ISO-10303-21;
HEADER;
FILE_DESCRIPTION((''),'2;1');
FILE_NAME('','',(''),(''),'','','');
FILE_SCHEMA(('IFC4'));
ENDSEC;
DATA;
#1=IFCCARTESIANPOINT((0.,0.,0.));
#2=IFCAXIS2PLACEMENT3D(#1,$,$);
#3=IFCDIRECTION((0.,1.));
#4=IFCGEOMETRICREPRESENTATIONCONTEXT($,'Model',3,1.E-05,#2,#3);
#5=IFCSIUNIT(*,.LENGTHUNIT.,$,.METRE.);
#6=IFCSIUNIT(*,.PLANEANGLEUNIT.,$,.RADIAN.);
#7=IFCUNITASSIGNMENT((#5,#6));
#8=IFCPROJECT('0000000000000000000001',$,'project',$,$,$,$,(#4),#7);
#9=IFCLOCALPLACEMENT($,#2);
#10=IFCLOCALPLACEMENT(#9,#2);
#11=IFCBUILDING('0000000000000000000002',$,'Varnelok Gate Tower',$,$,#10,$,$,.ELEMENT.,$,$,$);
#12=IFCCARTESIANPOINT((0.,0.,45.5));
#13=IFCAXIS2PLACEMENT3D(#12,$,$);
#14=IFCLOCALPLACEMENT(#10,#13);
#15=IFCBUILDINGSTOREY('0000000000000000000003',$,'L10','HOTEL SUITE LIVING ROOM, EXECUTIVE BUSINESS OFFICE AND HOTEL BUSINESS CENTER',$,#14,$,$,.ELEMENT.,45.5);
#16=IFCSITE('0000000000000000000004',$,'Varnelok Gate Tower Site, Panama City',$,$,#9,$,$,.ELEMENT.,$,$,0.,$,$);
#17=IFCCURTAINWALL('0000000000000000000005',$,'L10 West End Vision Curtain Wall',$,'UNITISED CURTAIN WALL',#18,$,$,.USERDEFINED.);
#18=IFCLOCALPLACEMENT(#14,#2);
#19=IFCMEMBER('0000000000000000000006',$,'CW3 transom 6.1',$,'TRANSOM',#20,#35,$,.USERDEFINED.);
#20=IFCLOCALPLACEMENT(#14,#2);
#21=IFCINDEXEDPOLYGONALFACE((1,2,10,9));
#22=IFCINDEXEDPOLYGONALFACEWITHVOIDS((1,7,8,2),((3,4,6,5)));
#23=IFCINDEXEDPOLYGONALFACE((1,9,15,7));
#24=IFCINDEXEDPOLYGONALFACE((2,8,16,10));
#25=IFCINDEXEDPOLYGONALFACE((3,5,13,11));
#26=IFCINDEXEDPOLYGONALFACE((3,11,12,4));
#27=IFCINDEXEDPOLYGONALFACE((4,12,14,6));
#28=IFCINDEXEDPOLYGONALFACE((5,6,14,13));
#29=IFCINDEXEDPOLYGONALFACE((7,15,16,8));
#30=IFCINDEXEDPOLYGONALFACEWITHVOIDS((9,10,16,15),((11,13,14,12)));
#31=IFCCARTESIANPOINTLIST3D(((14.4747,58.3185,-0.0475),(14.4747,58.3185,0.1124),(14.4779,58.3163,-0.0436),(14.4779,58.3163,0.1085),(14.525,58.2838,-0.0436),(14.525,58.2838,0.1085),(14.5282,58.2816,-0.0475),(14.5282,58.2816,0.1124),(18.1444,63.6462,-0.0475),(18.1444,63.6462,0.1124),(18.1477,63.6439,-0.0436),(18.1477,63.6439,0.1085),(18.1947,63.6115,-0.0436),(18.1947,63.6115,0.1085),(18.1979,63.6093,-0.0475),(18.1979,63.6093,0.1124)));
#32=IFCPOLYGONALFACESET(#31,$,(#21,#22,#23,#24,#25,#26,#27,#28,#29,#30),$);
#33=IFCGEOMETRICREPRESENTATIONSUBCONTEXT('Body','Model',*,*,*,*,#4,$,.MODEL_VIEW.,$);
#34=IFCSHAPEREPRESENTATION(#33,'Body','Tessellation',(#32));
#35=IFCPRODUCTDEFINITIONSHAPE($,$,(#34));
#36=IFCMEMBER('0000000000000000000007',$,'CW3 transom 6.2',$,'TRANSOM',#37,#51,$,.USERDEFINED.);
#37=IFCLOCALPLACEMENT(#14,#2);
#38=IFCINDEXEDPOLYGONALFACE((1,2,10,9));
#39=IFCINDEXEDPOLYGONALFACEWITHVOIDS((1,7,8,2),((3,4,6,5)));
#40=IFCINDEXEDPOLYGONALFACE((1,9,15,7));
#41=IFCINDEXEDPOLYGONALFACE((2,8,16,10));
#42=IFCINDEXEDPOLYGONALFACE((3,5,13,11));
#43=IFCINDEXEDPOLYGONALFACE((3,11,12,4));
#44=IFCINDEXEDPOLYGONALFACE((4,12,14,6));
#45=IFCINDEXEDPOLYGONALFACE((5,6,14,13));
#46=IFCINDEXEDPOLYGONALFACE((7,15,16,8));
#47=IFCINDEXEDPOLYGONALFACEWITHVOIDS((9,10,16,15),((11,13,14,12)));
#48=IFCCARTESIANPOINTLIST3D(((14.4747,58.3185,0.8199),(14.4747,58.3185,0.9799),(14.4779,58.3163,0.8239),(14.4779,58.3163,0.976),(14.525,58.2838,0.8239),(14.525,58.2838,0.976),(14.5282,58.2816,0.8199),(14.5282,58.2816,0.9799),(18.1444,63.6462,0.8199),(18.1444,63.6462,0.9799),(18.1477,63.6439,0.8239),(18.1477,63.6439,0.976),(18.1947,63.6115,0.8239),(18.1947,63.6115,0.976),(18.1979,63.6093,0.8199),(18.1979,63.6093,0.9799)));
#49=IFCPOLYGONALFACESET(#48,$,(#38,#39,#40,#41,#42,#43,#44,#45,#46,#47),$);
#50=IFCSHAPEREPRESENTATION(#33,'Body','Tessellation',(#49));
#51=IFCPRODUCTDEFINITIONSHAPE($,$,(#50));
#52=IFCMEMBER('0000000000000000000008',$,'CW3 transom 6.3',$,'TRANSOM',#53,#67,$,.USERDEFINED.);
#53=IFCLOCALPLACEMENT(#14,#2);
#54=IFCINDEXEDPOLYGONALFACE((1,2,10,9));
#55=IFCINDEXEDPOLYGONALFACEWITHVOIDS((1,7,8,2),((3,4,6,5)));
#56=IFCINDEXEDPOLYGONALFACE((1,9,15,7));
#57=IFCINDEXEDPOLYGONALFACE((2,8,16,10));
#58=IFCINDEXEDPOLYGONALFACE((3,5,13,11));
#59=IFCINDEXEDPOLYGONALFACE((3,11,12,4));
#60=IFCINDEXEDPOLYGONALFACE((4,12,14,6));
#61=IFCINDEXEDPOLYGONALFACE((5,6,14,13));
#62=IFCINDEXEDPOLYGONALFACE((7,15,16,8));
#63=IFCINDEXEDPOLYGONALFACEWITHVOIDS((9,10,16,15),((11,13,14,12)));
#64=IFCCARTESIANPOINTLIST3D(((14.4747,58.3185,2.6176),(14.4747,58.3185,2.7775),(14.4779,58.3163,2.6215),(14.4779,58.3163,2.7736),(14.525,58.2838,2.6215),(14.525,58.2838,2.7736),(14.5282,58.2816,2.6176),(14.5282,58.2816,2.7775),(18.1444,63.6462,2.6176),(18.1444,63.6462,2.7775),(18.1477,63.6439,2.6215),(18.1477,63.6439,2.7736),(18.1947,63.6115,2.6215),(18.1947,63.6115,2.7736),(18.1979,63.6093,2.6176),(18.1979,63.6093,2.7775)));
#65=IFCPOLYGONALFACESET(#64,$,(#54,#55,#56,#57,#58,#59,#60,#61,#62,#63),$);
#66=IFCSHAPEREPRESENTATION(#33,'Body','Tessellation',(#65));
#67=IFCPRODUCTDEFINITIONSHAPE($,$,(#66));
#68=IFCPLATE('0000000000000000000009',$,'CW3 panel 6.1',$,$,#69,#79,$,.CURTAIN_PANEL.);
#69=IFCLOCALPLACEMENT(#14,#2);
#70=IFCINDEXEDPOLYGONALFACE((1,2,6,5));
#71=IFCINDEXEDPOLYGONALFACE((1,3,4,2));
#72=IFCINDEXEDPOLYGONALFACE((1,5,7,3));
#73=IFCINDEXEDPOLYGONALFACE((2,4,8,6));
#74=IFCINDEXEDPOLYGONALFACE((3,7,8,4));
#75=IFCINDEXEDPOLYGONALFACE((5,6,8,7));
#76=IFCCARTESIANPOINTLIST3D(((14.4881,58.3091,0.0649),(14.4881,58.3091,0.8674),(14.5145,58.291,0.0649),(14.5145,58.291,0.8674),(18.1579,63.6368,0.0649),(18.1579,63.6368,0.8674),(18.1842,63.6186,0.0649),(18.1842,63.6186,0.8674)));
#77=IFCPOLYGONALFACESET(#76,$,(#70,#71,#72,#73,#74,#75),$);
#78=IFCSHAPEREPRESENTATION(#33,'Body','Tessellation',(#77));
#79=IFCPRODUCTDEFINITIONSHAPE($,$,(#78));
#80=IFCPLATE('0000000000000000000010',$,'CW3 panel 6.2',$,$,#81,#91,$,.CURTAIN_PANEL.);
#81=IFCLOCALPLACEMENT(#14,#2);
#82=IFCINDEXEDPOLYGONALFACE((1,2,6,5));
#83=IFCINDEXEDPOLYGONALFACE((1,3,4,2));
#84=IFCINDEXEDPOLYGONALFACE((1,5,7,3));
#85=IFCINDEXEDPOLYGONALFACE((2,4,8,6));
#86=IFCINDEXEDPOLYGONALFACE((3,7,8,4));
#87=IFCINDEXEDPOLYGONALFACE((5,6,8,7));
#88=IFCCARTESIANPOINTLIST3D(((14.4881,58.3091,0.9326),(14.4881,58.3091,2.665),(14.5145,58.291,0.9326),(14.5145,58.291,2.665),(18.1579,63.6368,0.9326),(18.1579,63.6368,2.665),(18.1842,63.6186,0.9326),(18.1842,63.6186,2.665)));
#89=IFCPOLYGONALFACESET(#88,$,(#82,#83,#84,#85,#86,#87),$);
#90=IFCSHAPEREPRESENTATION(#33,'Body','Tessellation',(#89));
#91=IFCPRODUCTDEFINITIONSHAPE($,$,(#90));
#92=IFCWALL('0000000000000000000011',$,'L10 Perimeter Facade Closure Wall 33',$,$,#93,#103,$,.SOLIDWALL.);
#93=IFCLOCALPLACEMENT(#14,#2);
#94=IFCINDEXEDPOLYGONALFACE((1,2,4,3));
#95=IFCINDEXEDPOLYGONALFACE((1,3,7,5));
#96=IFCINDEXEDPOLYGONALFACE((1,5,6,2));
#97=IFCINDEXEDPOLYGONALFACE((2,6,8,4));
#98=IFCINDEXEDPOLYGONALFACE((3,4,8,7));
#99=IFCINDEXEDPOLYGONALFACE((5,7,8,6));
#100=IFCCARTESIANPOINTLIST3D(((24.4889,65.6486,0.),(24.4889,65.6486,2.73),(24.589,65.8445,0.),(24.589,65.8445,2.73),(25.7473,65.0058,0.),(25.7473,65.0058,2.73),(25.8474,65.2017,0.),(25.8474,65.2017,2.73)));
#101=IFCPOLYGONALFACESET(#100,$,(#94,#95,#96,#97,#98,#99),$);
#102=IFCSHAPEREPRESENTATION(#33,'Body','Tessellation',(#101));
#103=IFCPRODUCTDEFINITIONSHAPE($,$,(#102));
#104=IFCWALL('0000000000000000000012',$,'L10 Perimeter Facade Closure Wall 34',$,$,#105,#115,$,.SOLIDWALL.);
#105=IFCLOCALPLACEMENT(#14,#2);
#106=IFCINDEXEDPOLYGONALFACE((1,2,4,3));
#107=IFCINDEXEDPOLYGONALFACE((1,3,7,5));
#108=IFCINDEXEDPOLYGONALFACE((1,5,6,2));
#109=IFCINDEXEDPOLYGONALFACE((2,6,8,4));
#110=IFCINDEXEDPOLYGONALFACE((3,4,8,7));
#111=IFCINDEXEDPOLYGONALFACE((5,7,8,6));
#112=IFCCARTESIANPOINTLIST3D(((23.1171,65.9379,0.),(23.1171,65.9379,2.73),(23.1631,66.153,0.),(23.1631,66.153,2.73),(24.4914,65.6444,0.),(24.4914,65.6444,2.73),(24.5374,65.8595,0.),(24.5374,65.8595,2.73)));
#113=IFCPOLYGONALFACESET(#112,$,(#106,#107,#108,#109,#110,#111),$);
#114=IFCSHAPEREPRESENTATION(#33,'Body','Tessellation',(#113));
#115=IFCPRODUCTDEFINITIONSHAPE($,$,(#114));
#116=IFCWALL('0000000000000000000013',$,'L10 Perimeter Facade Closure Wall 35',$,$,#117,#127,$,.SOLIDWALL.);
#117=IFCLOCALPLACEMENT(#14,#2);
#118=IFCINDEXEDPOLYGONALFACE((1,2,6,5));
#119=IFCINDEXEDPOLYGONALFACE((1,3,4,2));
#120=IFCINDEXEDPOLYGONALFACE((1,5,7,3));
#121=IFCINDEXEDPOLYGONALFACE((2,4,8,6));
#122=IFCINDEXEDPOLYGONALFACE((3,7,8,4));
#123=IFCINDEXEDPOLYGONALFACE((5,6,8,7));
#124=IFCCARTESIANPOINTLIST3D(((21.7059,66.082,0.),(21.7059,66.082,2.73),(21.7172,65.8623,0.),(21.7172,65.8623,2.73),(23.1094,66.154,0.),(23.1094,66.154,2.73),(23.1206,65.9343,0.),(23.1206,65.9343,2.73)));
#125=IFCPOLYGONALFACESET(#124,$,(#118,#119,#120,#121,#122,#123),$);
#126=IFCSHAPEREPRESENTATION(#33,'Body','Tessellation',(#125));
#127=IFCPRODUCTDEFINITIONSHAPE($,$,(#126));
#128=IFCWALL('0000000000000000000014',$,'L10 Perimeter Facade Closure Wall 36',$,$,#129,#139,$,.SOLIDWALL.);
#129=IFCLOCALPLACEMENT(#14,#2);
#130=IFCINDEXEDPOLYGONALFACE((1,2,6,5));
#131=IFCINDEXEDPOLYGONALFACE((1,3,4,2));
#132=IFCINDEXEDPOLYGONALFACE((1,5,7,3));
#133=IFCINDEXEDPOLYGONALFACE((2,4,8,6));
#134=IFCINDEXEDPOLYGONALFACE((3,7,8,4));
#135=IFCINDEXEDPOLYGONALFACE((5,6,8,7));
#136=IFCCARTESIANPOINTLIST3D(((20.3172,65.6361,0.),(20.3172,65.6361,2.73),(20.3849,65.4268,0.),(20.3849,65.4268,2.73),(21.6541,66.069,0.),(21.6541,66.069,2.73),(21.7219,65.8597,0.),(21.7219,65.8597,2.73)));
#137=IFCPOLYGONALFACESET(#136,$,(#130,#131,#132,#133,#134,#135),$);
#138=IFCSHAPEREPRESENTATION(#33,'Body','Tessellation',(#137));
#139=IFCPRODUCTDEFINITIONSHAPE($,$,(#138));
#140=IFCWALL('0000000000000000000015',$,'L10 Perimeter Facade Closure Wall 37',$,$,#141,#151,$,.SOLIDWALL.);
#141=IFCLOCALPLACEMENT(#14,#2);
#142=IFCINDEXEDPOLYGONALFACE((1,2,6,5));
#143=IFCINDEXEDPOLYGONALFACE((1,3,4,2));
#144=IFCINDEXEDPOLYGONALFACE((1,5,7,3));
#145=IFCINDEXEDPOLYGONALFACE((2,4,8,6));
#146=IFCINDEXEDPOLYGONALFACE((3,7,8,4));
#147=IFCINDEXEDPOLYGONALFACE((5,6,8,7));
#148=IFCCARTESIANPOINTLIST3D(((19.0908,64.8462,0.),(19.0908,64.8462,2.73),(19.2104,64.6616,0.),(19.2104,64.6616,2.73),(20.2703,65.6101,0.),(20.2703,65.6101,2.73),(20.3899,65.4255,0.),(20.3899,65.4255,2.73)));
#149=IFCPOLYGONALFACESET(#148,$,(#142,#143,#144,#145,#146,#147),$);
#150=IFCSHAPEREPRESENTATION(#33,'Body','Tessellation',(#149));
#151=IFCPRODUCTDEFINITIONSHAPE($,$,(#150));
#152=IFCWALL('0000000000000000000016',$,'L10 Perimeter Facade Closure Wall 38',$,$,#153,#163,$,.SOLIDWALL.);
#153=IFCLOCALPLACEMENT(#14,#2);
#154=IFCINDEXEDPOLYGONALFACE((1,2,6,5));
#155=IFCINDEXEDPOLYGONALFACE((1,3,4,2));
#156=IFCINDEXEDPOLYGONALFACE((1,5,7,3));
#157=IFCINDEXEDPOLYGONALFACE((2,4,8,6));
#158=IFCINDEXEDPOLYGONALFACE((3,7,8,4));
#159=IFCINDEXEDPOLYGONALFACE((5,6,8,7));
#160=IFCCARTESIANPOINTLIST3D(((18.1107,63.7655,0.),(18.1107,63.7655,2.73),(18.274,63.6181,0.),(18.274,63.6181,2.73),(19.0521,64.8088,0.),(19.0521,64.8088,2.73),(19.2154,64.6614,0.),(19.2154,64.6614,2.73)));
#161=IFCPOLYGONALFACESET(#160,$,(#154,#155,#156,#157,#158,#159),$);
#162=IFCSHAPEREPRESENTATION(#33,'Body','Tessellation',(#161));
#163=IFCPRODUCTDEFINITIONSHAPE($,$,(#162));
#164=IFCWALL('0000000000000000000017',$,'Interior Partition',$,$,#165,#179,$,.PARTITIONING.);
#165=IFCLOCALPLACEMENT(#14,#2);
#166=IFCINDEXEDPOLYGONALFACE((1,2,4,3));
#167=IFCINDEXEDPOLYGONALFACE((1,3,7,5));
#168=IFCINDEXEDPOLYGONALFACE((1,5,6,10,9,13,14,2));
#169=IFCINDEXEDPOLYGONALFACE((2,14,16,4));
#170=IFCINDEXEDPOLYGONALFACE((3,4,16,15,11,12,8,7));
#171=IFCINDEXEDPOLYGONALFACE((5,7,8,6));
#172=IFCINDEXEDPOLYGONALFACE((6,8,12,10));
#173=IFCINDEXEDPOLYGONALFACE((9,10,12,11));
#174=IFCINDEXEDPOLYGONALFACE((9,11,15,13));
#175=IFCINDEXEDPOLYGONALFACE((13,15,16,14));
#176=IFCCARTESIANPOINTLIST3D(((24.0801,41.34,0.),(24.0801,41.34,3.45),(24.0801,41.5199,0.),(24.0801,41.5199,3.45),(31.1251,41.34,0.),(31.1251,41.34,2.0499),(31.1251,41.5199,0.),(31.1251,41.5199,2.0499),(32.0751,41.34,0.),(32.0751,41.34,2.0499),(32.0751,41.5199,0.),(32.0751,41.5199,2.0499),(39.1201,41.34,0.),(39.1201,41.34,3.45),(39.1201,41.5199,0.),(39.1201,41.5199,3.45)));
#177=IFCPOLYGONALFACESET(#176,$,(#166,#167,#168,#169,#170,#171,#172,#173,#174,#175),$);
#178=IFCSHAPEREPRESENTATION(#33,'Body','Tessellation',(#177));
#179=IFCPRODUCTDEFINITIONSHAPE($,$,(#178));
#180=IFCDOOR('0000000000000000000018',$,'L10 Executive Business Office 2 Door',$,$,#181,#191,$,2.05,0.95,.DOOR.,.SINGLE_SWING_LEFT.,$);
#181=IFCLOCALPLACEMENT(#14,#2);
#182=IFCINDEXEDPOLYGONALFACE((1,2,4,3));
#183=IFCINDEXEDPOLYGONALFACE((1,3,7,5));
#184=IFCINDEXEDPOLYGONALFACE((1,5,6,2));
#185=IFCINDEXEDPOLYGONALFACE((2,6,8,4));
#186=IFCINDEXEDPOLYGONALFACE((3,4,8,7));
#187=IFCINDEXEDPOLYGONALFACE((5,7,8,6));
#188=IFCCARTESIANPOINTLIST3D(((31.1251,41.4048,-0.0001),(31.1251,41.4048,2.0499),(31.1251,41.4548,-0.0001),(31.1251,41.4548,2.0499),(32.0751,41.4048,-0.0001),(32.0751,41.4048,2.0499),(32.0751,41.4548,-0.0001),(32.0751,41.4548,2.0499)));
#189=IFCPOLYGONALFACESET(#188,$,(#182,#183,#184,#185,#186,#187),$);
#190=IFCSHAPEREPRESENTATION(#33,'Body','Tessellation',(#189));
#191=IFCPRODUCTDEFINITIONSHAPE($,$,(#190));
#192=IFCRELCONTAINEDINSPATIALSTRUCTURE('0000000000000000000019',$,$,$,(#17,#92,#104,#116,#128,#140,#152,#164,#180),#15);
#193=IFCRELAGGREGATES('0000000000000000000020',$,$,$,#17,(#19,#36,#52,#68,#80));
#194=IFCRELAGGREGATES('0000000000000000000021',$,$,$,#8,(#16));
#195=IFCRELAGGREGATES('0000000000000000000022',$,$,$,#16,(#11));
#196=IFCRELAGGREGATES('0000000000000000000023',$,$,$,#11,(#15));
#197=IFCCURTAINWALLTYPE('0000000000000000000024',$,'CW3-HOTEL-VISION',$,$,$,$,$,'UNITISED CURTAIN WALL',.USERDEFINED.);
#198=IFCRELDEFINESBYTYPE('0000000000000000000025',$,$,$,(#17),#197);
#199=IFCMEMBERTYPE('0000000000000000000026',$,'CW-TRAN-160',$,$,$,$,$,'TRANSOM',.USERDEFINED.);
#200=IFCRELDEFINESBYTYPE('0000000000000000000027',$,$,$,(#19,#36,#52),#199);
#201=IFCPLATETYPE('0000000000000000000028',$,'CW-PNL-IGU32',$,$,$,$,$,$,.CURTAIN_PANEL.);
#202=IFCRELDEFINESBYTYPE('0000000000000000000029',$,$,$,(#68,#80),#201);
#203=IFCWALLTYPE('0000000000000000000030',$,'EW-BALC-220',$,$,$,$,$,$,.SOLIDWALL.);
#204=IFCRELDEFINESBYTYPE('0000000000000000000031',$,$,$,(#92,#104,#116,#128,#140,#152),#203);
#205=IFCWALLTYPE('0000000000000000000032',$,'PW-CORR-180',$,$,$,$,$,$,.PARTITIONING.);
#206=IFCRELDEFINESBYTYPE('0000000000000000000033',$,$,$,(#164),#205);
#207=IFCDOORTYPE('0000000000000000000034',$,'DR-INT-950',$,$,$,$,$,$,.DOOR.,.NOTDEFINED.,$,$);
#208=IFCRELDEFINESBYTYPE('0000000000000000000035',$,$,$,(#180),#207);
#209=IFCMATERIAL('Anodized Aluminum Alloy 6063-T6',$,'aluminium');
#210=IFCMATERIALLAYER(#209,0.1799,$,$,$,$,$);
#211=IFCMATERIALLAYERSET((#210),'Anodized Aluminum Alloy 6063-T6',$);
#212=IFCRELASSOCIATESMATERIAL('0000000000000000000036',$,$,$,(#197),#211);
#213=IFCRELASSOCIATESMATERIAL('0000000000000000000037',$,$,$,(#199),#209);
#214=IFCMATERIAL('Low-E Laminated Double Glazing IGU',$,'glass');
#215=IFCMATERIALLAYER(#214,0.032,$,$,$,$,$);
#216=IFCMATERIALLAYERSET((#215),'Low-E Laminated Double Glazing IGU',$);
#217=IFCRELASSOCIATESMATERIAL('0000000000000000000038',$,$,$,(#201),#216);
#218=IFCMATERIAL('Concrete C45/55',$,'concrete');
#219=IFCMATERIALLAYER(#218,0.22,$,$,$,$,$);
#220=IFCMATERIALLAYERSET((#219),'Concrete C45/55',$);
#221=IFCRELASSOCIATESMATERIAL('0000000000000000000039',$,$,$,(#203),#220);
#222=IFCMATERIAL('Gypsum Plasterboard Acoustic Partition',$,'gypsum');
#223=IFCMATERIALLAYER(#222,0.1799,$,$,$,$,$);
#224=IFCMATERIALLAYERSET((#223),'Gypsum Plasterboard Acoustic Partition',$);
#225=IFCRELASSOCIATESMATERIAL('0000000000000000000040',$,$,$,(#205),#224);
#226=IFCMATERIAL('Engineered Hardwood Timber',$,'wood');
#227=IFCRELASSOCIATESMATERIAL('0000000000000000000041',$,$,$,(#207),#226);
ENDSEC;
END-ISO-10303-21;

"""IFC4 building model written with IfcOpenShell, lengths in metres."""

from ifc_helpers import new_model, si_unit, direction, frame, frame_2d, origin, origin_2d, place, context, subcontext, project, spatial, rectangle, hollow_rectangle, extrude, source, transform, mapped, material, layer, layer_set, material_profile, profile_set, type_object, element, fill, aggregate, save


model = new_model("IFC4")

# Units and contexts
model_context = context("Model", 3, precision=1e-05, world=origin(), true_north=direction((0.0, 1.0)))
body_context = subcontext(model_context, "Body", "Model", "MODEL_VIEW")
ifc_project = project(units=[si_unit("LENGTHUNIT", "METRE"), si_unit("PLANEANGLEUNIT", "RADIAN")], contexts=[model_context])

# Site, building, storey
site_placement = place(None, origin())
site = spatial("IfcSite", under=ifc_project, at=site_placement, Name="Varnelok Gate Tower Site, Panama City", CompositionType="ELEMENT", RefElevation=0.0)
building_placement = place(site_placement, origin())
building = spatial("IfcBuilding", under=site, at=building_placement, Name="Varnelok Gate Tower", CompositionType="ELEMENT")
storey_placement = place(building_placement, frame((0.0, 0.0, 45.5)))
storey = spatial("IfcBuildingStorey", under=building, at=storey_placement, Name="L10", Description="HOTEL SUITE LIVING ROOM, EXECUTIVE BUSINESS OFFICE AND HOTEL BUSINESS CENTER", CompositionType="ELEMENT", Elevation=45.5)

# Curtain wall, members, plates
ifc_material_1 = material(Name="Anodized Aluminum Alloy 6063-T6", Category="aluminium")
ifc_layer_1 = layer(ifc_material_1, 0.1799)
ifc_layer_set_1 = layer_set([ifc_layer_1], Name="Anodized Aluminum Alloy 6063-T6")
curtain_wall_type = type_object("IfcCurtainWallType", Name="CW3-HOTEL-VISION", ElementType="UNITISED CURTAIN WALL", PredefinedType="USERDEFINED", material=ifc_layer_set_1)
curtain_wall_placement = place(storey_placement, origin())
curtain_wall = element("IfcCurtainWall", 1, at=curtain_wall_placement, inside=storey, type_object=curtain_wall_type, Name="L10 West End Vision Curtain Wall", ObjectType="UNITISED CURTAIN WALL", PredefinedType="USERDEFINED")
ifc_material_profile_1 = material_profile(ifc_material_1, hollow_rectangle(XDim=0.0649, YDim=0.1599, WallThickness=0.0039, at=origin_2d()), Name="ALU160X65X4")
ifc_profile_set_1 = profile_set([ifc_material_profile_1], Name="Anodized Aluminum Alloy 6063-T6")
member_type_1 = type_object("IfcMemberType", Name="CW-TRAN-160", ElementType="TRANSOM", PredefinedType="USERDEFINED", material=ifc_profile_set_1)
member_1_placement = place(storey_placement, frame((14.5015, 58.3, 0.0325), z_axis=(0.567256, 0.823542, 0.0), x_axis=(-0.823542, 0.567256, 0.0)))
member_1 = element("IfcMember", 2, at=member_1_placement, type_object=member_type_1, Name="CW3 transom 6.1", ObjectType="TRANSOM", PredefinedType="USERDEFINED", context=body_context, shape_type="SweptSolid", body=[
    extrude(hollow_rectangle(XDim=0.0649, YDim=0.1599, WallThickness=0.0039, at=origin_2d()), origin(), (0.0, 0.0, 1.0), 6.4692),
])
member_2_placement = place(storey_placement, frame((14.5015, 58.3, 0.8999), z_axis=(0.567256, 0.823542, 0.0), x_axis=(-0.823542, 0.567256, 0.0)))
member_2 = element("IfcMember", 3, at=member_2_placement, type_object=member_type_1, Name="CW3 transom 6.2", ObjectType="TRANSOM", PredefinedType="USERDEFINED", context=body_context, shape_type="SweptSolid", body=[
    extrude(hollow_rectangle(XDim=0.0649, YDim=0.1599, WallThickness=0.0039, at=origin_2d()), origin(), (0.0, 0.0, 1.0), 6.4692),
])
member_3_placement = place(storey_placement, frame((14.5015, 58.3, 2.6975), z_axis=(0.567256, 0.823542, 0.0), x_axis=(-0.823542, 0.567256, 0.0)))
member_3 = element("IfcMember", 4, at=member_3_placement, type_object=member_type_1, Name="CW3 transom 6.3", ObjectType="TRANSOM", PredefinedType="USERDEFINED", context=body_context, shape_type="SweptSolid", body=[
    extrude(hollow_rectangle(XDim=0.0649, YDim=0.1599, WallThickness=0.0039, at=origin_2d()), origin(), (0.0, 0.0, 1.0), 6.4692),
])
ifc_material_2 = material(Name="Low-E Laminated Double Glazing IGU", Category="glass")
ifc_layer_2 = layer(ifc_material_2, 0.032)
ifc_layer_set_2 = layer_set([ifc_layer_2], Name="Low-E Laminated Double Glazing IGU")
plate_type = type_object("IfcPlateType", Name="CW-PNL-IGU32", PredefinedType="CURTAIN_PANEL", material=ifc_layer_set_2)
shared_shape_1 = source(origin(), body_context, "Body", "SweptSolid", [
    extrude(rectangle(XDim=6.4692, YDim=0.032, at=origin_2d()), origin(), (0.0, 0.0, 1.0), 0.8025),
])
plate_1_placement = place(storey_placement, frame((16.3362, 60.9639, 0.0649), z_axis=(0.0, 0.0, 1.0), x_axis=(0.567269, 0.823533, 0.0)))
plate_1 = element("IfcPlate", 5, at=plate_1_placement, type_object=plate_type, Name="CW3 panel 6.1", PredefinedType="CURTAIN_PANEL", context=body_context, shape_type="MappedRepresentation", body=[
    mapped(shared_shape_1, transform((0.0, 0.0, 0.0), scale=1.0)),
])
shared_shape_2 = source(origin(), body_context, "Body", "SweptSolid", [
    extrude(rectangle(XDim=6.4692, YDim=0.032, at=origin_2d()), origin(), (0.0, 0.0, 1.0), 1.7324),
])
plate_2_placement = place(storey_placement, frame((16.3362, 60.9639, 0.9326), z_axis=(0.0, 0.0, 1.0), x_axis=(0.567269, 0.823533, 0.0)))
plate_2 = element("IfcPlate", 6, at=plate_2_placement, type_object=plate_type, Name="CW3 panel 6.2", PredefinedType="CURTAIN_PANEL", context=body_context, shape_type="MappedRepresentation", body=[
    mapped(shared_shape_2, transform((0.0, 0.0, 0.0), scale=1.0)),
])
aggregate(curtain_wall, [member_1, member_2, member_3, plate_1, plate_2])

# Walls
ifc_material_3 = material(Name="Concrete C45/55", Category="concrete")
ifc_layer_3 = layer(ifc_material_3, 0.22)
ifc_layer_set_3 = layer_set([ifc_layer_3], Name="Concrete C45/55")
wall_type_1 = type_object("IfcWallType", Name="EW-BALC-220", PredefinedType="SOLIDWALL", material=ifc_layer_set_3)
wall_1_placement = place(storey_placement, frame((25.7974, 65.1038, 0.0), z_axis=(0.0, 0.0, 1.0), x_axis=(-0.890559, 0.454868, 0.0)))
element("IfcWall", 7, at=wall_1_placement, inside=storey, type_object=wall_type_1, Name="L10 Perimeter Facade Closure Wall 33", PredefinedType="SOLIDWALL", context=body_context, shape_type="SweptSolid", body=[
    extrude(rectangle(XDim=1.4131, YDim=0.22, at=frame_2d((0.7065, 0.0))), origin(), (0.0, 0.0, 1.0), 2.73),
])
for number, where, z_axis, x_axis, name in (
    (8, (24.5144, 65.752, 0.0), (0.0, 0.0, 1.0), (-0.977952, 0.208829, 0.0), "L10 Perimeter Facade Closure Wall 34"),
    (9, (23.115, 66.0442, 0.0), (0.0, 0.0, 1.0), (-0.998686, -0.051255, 0.0), "L10 Perimeter Facade Closure Wall 35"),
    (10, (21.688, 65.9644, 0.0), (0.0, 0.0, 1.0), (-0.951376, -0.308033, 0.0), "L10 Perimeter Facade Closure Wall 36"),
    (11, (20.3301, 65.5178, 0.0), (0.0, 0.0, 1.0), (-0.839328, -0.543626, 0.0), "L10 Perimeter Facade Closure Wall 37"),
    (12, (19.1338, 64.7351, 0.0), (0.0, 0.0, 1.0), (-0.669953, -0.742404, 0.0), "L10 Perimeter Facade Closure Wall 38"),
):
    element("IfcWall", number, at=place(storey_placement, frame(where, z_axis=z_axis, x_axis=x_axis)), inside=storey, type_object=wall_type_1, Name=name, PredefinedType="SOLIDWALL", context=body_context, shape_type="SweptSolid", body=[
        extrude(rectangle(XDim=1.4053, YDim=0.22, at=frame_2d((0.7026, 0.0))), origin(), (0.0, 0.0, 1.0), 2.73),
    ])

# Wall, opening, door
ifc_material_4 = material(Name="Gypsum Plasterboard Acoustic Partition", Category="gypsum")
ifc_layer_4 = layer(ifc_material_4, 0.1799)
ifc_layer_set_4 = layer_set([ifc_layer_4], Name="Gypsum Plasterboard Acoustic Partition")
wall_type_2 = type_object("IfcWallType", Name="PW-CORR-180", PredefinedType="PARTITIONING", material=ifc_layer_set_4)
wall_2_placement = place(storey_placement, frame((24.0801, 41.4299, 0.0), z_axis=(0.0, 0.0, 1.0), x_axis=(1.0, 0.0, 0.0)))
wall_2 = element("IfcWall", 13, at=wall_2_placement, inside=storey, type_object=wall_type_2, Name="Interior Partition", PredefinedType="PARTITIONING", context=body_context, shape_type="SweptSolid", body=[
    extrude(rectangle(XDim=15.04, YDim=0.1799, at=frame_2d((7.52, 0.0))), origin(), (0.0, 0.0, 1.0), 3.45),
])
opening_placement = place(wall_2_placement, frame((7.0449, 0.0, 0.0)))
opening = element("IfcOpeningElement", 14, at=opening_placement, cuts=wall_2, PredefinedType="OPENING", context=body_context, shape_type="SweptSolid", body=[
    extrude(rectangle(XDim=0.95, YDim=2.05, at=frame_2d((0.4751, 1.0249))), frame((0.0, 0.0999, 0.0), z_axis=(0.0, -1.0, 0.0), x_axis=(1.0, 0.0, 0.0)), (0.0, 0.0, 1.0), 0.2),
])
ifc_material_5 = material(Name="Engineered Hardwood Timber", Category="wood")
door_type = type_object("IfcDoorType", Name="DR-INT-950", OperationType="NOTDEFINED", PredefinedType="DOOR", material=ifc_material_5)
door_placement = place(opening_placement, origin())
door = element("IfcDoor", 15, at=door_placement, inside=storey, type_object=door_type, Name="L10 Executive Business Office 2 Door", OperationType="SINGLE_SWING_LEFT", OverallHeight=2.05, OverallWidth=0.95, PredefinedType="DOOR", context=body_context, shape_type="SweptSolid", body=[
    extrude(rectangle(XDim=0.95, YDim=2.05, at=frame_2d((0.4751, 1.0249))), frame((0.0, 0.0249, 0.0), z_axis=(0.0, -1.0, 0.0), x_axis=(1.0, 0.0, 0.0)), (0.0, 0.0, 1.0), 0.05),
])
fill(opening, door)

save(model, "model.ifc")
